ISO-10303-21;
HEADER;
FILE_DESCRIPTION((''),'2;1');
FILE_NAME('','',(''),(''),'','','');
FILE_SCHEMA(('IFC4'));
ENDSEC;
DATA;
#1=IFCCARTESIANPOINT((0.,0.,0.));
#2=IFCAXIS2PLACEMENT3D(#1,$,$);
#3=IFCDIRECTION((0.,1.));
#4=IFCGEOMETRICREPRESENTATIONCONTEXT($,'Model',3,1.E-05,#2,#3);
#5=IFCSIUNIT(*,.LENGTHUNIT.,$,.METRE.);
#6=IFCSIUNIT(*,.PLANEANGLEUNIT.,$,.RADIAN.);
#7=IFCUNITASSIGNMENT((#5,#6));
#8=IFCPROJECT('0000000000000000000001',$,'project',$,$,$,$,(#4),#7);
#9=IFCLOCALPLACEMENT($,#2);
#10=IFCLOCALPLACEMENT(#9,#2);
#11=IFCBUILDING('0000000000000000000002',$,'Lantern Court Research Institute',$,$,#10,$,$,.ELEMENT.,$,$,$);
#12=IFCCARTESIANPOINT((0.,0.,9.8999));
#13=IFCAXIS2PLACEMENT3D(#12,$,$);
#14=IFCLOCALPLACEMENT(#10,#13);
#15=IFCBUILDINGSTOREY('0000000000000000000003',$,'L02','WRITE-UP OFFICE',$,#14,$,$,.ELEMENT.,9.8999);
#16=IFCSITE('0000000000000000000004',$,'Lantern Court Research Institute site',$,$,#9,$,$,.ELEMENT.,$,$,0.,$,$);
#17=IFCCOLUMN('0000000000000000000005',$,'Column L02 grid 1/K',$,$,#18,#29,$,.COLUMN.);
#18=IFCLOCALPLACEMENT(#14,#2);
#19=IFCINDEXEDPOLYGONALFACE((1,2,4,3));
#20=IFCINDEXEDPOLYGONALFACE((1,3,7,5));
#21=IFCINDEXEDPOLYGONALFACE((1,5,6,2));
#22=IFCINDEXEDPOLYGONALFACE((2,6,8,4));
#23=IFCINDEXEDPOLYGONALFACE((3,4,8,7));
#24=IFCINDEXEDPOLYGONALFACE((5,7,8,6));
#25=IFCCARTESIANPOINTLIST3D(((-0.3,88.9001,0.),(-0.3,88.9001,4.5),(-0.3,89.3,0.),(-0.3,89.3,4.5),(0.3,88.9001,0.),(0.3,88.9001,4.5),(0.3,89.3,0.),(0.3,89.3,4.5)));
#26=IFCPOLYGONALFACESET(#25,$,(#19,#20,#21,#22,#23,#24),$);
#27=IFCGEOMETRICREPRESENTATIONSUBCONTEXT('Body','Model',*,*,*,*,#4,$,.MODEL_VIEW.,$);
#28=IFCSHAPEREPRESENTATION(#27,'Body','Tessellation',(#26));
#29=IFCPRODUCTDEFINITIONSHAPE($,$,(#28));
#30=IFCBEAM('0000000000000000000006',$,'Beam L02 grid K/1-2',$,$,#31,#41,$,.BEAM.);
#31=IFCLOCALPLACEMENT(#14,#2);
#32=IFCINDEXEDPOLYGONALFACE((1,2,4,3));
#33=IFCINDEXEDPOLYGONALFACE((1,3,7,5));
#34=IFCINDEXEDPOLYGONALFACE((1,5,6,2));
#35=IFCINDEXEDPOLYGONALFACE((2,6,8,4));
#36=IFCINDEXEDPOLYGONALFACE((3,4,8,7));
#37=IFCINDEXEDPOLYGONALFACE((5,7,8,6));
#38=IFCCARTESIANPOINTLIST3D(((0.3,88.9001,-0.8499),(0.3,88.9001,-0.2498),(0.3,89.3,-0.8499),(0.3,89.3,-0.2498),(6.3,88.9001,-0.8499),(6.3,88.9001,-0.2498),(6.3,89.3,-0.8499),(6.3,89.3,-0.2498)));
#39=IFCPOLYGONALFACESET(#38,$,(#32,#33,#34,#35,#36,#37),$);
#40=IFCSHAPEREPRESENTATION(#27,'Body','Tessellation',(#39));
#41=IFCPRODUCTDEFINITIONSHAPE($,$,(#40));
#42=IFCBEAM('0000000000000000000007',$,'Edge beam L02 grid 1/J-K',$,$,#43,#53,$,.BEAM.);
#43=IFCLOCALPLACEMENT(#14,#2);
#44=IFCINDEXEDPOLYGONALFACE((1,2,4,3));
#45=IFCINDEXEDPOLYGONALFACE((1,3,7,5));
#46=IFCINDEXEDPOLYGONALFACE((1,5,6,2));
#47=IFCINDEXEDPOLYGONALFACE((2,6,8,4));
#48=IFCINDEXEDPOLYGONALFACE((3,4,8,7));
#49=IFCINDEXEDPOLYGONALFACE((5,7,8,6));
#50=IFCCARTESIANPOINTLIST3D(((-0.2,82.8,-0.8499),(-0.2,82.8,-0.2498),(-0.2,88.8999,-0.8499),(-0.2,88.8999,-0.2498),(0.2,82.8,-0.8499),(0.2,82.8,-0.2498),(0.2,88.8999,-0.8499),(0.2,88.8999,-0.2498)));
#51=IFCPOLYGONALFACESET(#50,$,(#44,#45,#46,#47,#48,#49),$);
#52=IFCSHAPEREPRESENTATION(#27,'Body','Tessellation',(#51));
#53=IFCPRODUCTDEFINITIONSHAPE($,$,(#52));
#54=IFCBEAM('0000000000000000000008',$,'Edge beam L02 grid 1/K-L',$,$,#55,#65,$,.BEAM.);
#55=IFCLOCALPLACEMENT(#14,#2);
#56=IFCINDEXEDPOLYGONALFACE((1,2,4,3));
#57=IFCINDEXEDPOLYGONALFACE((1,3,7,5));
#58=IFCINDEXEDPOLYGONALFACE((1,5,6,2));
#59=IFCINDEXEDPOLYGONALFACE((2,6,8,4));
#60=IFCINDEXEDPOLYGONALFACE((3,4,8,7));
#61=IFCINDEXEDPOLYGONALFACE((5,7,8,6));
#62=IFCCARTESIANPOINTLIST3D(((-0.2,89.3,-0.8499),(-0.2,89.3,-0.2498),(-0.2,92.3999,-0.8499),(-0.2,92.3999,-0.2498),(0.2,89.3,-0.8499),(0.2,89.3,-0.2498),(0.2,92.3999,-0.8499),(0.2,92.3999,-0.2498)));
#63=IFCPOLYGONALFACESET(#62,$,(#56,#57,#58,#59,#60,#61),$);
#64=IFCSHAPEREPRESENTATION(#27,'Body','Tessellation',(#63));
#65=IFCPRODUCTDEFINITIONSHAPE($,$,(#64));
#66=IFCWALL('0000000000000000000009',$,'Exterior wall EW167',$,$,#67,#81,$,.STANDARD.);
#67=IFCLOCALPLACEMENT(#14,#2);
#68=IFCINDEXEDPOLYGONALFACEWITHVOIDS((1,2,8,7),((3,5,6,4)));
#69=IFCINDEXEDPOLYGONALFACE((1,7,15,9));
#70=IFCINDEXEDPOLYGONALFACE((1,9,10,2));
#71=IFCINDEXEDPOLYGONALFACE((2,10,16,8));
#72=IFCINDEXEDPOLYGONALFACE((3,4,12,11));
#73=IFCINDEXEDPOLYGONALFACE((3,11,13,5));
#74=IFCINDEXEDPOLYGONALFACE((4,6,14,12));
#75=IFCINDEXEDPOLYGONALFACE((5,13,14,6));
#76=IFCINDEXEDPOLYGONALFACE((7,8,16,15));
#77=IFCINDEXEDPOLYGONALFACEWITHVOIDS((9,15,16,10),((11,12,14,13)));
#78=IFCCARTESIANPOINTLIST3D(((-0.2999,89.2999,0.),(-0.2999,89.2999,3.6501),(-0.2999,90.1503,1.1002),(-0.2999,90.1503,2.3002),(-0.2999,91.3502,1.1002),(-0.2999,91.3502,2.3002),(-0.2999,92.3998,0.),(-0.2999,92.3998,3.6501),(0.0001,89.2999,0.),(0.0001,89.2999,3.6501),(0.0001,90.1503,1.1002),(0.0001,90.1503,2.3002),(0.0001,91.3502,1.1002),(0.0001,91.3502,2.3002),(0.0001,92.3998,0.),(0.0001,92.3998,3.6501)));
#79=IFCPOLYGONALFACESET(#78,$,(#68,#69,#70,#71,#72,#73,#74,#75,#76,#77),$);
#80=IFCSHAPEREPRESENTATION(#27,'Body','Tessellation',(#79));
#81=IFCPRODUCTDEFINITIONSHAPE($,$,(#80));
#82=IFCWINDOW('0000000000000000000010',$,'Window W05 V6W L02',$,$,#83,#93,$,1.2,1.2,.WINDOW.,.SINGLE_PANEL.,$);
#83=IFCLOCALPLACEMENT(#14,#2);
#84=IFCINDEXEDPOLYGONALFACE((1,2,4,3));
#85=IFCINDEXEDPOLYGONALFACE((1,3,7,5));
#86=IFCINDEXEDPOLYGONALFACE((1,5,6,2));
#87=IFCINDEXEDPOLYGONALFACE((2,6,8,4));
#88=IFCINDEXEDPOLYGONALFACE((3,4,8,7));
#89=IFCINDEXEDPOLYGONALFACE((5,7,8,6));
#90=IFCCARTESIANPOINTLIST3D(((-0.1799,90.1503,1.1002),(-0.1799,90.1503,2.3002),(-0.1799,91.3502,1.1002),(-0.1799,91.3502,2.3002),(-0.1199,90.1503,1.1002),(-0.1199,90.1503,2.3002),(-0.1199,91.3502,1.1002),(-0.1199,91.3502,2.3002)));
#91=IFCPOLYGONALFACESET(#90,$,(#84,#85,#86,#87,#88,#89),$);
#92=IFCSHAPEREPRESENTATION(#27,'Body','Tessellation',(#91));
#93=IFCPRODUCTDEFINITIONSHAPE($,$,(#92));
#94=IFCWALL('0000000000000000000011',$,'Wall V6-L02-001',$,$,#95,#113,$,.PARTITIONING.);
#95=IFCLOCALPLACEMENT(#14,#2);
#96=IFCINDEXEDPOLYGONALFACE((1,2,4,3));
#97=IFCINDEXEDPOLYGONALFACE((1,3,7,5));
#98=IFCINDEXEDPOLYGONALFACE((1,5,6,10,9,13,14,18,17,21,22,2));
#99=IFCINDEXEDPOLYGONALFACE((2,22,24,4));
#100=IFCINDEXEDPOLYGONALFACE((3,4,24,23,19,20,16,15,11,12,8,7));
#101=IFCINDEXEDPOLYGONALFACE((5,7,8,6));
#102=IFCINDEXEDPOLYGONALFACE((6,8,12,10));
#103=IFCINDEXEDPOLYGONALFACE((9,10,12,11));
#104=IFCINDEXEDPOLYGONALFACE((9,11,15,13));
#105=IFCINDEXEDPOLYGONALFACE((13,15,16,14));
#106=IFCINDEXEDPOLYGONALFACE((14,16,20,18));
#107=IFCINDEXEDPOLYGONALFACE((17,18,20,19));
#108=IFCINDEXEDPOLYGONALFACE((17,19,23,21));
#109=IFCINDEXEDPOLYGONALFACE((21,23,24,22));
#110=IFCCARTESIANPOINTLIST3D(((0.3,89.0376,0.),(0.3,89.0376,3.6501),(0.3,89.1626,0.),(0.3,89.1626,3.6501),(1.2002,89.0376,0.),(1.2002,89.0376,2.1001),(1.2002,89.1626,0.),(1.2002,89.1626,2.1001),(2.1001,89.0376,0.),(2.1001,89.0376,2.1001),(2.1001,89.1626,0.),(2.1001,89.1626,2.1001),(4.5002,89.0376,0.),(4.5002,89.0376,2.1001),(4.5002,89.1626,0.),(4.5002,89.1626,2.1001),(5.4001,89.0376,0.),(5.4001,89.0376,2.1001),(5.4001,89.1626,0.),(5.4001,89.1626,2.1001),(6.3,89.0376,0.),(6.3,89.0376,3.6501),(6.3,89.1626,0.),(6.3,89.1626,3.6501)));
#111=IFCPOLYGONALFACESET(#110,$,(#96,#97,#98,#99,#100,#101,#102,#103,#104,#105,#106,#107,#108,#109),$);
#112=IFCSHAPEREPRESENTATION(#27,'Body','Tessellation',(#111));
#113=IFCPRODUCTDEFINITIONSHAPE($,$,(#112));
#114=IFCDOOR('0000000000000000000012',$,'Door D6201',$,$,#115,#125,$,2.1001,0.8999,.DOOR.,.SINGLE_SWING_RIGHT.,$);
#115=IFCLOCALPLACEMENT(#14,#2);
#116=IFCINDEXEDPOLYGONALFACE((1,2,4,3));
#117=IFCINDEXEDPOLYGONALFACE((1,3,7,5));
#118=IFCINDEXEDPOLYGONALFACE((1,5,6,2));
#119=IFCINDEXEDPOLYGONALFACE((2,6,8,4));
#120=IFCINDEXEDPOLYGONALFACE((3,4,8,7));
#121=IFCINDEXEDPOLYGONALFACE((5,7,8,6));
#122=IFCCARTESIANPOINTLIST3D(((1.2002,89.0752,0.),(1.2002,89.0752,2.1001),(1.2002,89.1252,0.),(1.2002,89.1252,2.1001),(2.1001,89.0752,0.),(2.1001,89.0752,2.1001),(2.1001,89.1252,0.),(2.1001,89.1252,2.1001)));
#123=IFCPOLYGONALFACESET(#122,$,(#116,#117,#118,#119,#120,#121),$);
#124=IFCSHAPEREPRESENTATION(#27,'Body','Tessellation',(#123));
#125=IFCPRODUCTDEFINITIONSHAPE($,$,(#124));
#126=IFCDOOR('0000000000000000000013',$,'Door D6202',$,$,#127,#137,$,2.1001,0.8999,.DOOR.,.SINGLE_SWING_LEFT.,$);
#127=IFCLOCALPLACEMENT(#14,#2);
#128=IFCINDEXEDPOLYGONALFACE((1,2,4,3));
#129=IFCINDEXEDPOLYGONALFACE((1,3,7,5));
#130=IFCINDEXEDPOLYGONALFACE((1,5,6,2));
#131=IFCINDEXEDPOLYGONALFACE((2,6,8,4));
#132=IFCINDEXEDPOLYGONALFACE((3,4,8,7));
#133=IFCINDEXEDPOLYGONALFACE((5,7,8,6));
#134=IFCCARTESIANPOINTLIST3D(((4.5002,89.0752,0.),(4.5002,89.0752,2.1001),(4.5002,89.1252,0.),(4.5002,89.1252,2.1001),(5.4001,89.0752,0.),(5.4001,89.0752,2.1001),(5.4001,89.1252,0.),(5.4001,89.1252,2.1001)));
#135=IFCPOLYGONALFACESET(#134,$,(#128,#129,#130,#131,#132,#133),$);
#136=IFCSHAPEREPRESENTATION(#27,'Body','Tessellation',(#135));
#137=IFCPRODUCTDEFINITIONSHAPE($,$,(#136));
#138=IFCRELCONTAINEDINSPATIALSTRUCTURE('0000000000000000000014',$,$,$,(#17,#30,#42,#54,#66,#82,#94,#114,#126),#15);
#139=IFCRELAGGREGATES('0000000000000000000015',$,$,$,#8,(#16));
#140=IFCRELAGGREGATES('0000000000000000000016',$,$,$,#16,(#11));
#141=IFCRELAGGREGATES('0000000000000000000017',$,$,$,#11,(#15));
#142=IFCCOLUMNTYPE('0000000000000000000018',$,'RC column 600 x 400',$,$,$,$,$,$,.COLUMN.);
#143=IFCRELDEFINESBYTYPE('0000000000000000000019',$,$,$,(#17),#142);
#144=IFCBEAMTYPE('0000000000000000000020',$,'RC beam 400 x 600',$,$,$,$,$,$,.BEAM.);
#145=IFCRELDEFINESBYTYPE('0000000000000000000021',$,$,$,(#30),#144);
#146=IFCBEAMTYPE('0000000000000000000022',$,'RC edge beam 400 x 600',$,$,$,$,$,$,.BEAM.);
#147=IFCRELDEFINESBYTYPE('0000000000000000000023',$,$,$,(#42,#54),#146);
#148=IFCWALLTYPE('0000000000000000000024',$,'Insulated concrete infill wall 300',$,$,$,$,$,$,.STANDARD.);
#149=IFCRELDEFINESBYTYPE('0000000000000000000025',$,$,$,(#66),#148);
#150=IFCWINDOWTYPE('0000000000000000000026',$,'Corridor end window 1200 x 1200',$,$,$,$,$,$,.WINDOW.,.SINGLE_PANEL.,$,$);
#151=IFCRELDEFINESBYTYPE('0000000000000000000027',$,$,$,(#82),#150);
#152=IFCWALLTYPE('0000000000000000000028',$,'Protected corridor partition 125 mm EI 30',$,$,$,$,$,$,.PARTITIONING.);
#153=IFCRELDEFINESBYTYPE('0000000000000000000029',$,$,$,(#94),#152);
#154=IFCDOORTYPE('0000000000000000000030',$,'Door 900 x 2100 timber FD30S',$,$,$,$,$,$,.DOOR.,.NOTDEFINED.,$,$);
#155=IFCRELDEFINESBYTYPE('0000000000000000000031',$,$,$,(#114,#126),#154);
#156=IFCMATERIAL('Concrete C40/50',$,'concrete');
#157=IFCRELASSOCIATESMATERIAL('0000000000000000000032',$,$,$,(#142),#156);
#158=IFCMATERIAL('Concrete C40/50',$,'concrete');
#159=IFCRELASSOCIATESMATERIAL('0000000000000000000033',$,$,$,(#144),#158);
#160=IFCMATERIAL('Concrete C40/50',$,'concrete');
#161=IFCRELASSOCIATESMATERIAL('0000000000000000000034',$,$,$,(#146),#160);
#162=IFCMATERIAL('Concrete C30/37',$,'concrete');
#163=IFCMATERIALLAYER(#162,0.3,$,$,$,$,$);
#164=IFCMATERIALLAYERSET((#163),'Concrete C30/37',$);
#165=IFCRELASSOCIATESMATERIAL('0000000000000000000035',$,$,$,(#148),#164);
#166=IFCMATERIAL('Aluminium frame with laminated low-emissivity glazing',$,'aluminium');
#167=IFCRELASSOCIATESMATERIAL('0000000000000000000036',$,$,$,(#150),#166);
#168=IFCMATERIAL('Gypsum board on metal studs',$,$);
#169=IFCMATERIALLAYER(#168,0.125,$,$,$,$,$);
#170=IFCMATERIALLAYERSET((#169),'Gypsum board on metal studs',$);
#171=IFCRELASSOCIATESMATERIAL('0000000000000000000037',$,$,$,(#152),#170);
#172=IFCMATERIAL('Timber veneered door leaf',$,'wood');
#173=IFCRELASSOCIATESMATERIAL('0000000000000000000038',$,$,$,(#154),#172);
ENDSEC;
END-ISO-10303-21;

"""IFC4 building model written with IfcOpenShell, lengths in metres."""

from ifc_helpers import new_model, si_unit, direction, frame, frame_2d, origin, origin_2d, place, context, subcontext, project, spatial, rectangle, extrude, material, layer, layer_set, material_profile, profile_set, type_object, element, fill, save


model = new_model("IFC4")

# Units and contexts
model_context = context("Model", 3, precision=1e-05, world=origin(), true_north=direction((0.0, 1.0)))
body_context = subcontext(model_context, "Body", "Model", "MODEL_VIEW")
ifc_project = project(units=[si_unit("LENGTHUNIT", "METRE"), si_unit("PLANEANGLEUNIT", "RADIAN")], contexts=[model_context])

# Site, building, storey
site_placement = place(None, origin())
site = spatial("IfcSite", under=ifc_project, at=site_placement, Name="Lantern Court Research Institute site", CompositionType="ELEMENT", RefElevation=0.0)
building_placement = place(site_placement, origin())
building = spatial("IfcBuilding", under=site, at=building_placement, Name="Lantern Court Research Institute", CompositionType="ELEMENT")
storey_placement = place(building_placement, frame((0.0, 0.0, 9.8999)))
storey = spatial("IfcBuildingStorey", under=building, at=storey_placement, Name="L02", Description="WRITE-UP OFFICE", CompositionType="ELEMENT", Elevation=9.8999)

# Column
ifc_material_1 = material(Name="Concrete C40/50", Category="concrete")
ifc_material_profile_1 = material_profile(ifc_material_1, rectangle(XDim=0.6001, YDim=0.3999, at=origin_2d()), Name="RC column 600 x 400")
ifc_profile_set_1 = profile_set([ifc_material_profile_1], Name="Concrete C40/50")
column_type = type_object("IfcColumnType", Name="RC column 600 x 400", PredefinedType="COLUMN", material=ifc_profile_set_1)
column_placement = place(storey_placement, frame((0.0, 89.1001, 0.0), z_axis=(0.0, 0.0, 1.0), x_axis=(1.0, 0.0, 0.0)))
element("IfcColumn", 1, at=column_placement, inside=storey, type_object=column_type, Name="Column L02 grid 1/K", PredefinedType="COLUMN", context=body_context, shape_type="SweptSolid", body=[
    extrude(rectangle(XDim=0.6001, YDim=0.3999, at=origin_2d()), origin(), (0.0, 0.0, 1.0), 4.5),
])

# Beams
ifc_material_2 = material(Name="Concrete C40/50", Category="concrete")
ifc_material_profile_2 = material_profile(ifc_material_2, rectangle(XDim=0.3999, YDim=0.6001, at=origin_2d()), Name="RC beam 400 x 600")
ifc_profile_set_2 = profile_set([ifc_material_profile_2], Name="Concrete C40/50")
beam_type_1 = type_object("IfcBeamType", Name="RC beam 400 x 600", PredefinedType="BEAM", material=ifc_profile_set_2)
beam_1_placement = place(storey_placement, frame((0.3, 89.1001, -0.5498), z_axis=(1.0, 0.0, 0.0), x_axis=(0.0, 1.0, 0.0)))
element("IfcBeam", 2, at=beam_1_placement, inside=storey, type_object=beam_type_1, Name="Beam L02 grid K/1-2", PredefinedType="BEAM", context=body_context, shape_type="SweptSolid", body=[
    extrude(rectangle(XDim=0.3999, YDim=0.6001, at=origin_2d()), origin(), (0.0, 0.0, 1.0), 6.0),
])
ifc_material_3 = material(Name="Concrete C40/50", Category="concrete")
ifc_material_profile_3 = material_profile(ifc_material_3, rectangle(XDim=0.3999, YDim=0.6001, at=origin_2d()), Name="RC beam 400 x 600")
ifc_profile_set_3 = profile_set([ifc_material_profile_3], Name="Concrete C40/50")
beam_type_2 = type_object("IfcBeamType", Name="RC edge beam 400 x 600", PredefinedType="BEAM", material=ifc_profile_set_3)
beam_2_placement = place(storey_placement, frame((0.0, 82.8, -0.5498), z_axis=(0.0, 1.0, 0.0), x_axis=(-1.0, 0.0, 0.0)))
element("IfcBeam", 3, at=beam_2_placement, inside=storey, type_object=beam_type_2, Name="Edge beam L02 grid 1/J-K", PredefinedType="BEAM", context=body_context, shape_type="SweptSolid", body=[
    extrude(rectangle(XDim=0.3999, YDim=0.6001, at=origin_2d()), origin(), (0.0, 0.0, 1.0), 6.0999),
])
beam_3_placement = place(storey_placement, frame((0.0, 89.3, -0.5498), z_axis=(0.0, 1.0, 0.0), x_axis=(-1.0, 0.0, 0.0)))
element("IfcBeam", 4, at=beam_3_placement, inside=storey, type_object=beam_type_2, Name="Edge beam L02 grid 1/K-L", PredefinedType="BEAM", context=body_context, shape_type="SweptSolid", body=[
    extrude(rectangle(XDim=0.3999, YDim=0.6001, at=origin_2d()), origin(), (0.0, 0.0, 1.0), 3.0999),
])

# Wall, opening, window
ifc_material_4 = material(Name="Concrete C30/37", Category="concrete")
ifc_layer_1 = layer(ifc_material_4, 0.3)
ifc_layer_set_1 = layer_set([ifc_layer_1], Name="Concrete C30/37")
wall_type_1 = type_object("IfcWallType", Name="Insulated concrete infill wall 300", PredefinedType="STANDARD", material=ifc_layer_set_1)
wall_1_placement = place(storey_placement, frame((-0.1499, 89.3, 0.0), z_axis=(0.0, 0.0, 1.0), x_axis=(0.0, 1.0, 0.0)))
wall_1 = element("IfcWall", 5, at=wall_1_placement, inside=storey, type_object=wall_type_1, Name="Exterior wall EW167", PredefinedType="STANDARD", context=body_context, shape_type="SweptSolid", body=[
    extrude(rectangle(XDim=3.0999, YDim=0.3, at=frame_2d((1.5498, 0.0))), origin(), (0.0, 0.0, 1.0), 3.6501),
])
opening_1_placement = place(wall_1_placement, frame((0.8501, 0.0, 1.1001)))
opening_1 = element("IfcOpeningElement", 6, at=opening_1_placement, cuts=wall_1, PredefinedType="OPENING", context=body_context, shape_type="SweptSolid", body=[
    extrude(rectangle(XDim=1.2, YDim=1.2, at=frame_2d((0.6001, 0.6001))), frame((0.0, 0.1599, 0.0), z_axis=(0.0, -1.0, 0.0), x_axis=(1.0, 0.0, 0.0)), (0.0, 0.0, 1.0), 0.3201),
])
ifc_material_5 = material(Name="Aluminium frame with laminated low-emissivity glazing", Category="aluminium")
window_type = type_object("IfcWindowType", Name="Corridor end window 1200 x 1200", PartitioningType="SINGLE_PANEL", PredefinedType="WINDOW", material=ifc_material_5)
window_placement = place(opening_1_placement, origin())
window = element("IfcWindow", 7, at=window_placement, inside=storey, type_object=window_type, Name="Window W05 V6W L02", OverallHeight=1.2, OverallWidth=1.2, PartitioningType="SINGLE_PANEL", PredefinedType="WINDOW", context=body_context, shape_type="SweptSolid", body=[
    extrude(rectangle(XDim=1.2, YDim=1.2, at=frame_2d((0.6001, 0.6001))), frame((0.0, 0.03, 0.0), z_axis=(0.0, -1.0, 0.0), x_axis=(1.0, 0.0, 0.0)), (0.0, 0.0, 1.0), 0.0601),
])
fill(opening_1, window)

# Wall, openings, doors
ifc_material_6 = material(Name="Gypsum board on metal studs")
ifc_layer_2 = layer(ifc_material_6, 0.125)
ifc_layer_set_2 = layer_set([ifc_layer_2], Name="Gypsum board on metal studs")
wall_type_2 = type_object("IfcWallType", Name="Protected corridor partition 125 mm EI 30", PredefinedType="PARTITIONING", material=ifc_layer_set_2)
wall_2_placement = place(storey_placement, frame((6.3, 89.1001, 0.0), z_axis=(0.0, 0.0, 1.0), x_axis=(-1.0, 0.0, 0.0)))
wall_2 = element("IfcWall", 8, at=wall_2_placement, inside=storey, type_object=wall_type_2, Name="Wall V6-L02-001", PredefinedType="PARTITIONING", context=body_context, shape_type="SweptSolid", body=[
    extrude(rectangle(XDim=6.0, YDim=0.125, at=frame_2d((3.0, 0.0))), origin(), (0.0, 0.0, 1.0), 3.6501),
])
opening_2_placement = place(wall_2_placement, frame((4.2, 0.0, 0.0)))
opening_2 = element("IfcOpeningElement", 9, at=opening_2_placement, cuts=wall_2, PredefinedType="OPENING", context=body_context, shape_type="SweptSolid", body=[
    extrude(rectangle(XDim=0.8999, YDim=2.1001, at=frame_2d((0.45, 1.05))), frame((0.0, 0.0725, 0.0), z_axis=(0.0, -1.0, 0.0), x_axis=(1.0, 0.0, 0.0)), (0.0, 0.0, 1.0), 0.145),
])
opening_3_placement = place(wall_2_placement, frame((0.8999, 0.0, 0.0)))
opening_3 = element("IfcOpeningElement", 10, at=opening_3_placement, cuts=wall_2, PredefinedType="OPENING", context=body_context, shape_type="SweptSolid", body=[
    extrude(rectangle(XDim=0.8999, YDim=2.1001, at=frame_2d((0.45, 1.05))), frame((0.0, 0.0725, 0.0), z_axis=(0.0, -1.0, 0.0), x_axis=(1.0, 0.0, 0.0)), (0.0, 0.0, 1.0), 0.145),
])
ifc_material_7 = material(Name="Timber veneered door leaf", Category="wood")
door_type_1 = type_object("IfcDoorType", Name="Door 900 x 2100 timber FD30S", OperationType="NOTDEFINED", PredefinedType="DOOR", material=ifc_material_7)
door_1_placement = place(opening_2_placement, origin())
door_1 = element("IfcDoor", 11, at=door_1_placement, inside=storey, type_object=door_type_1, Name="Door D6201", OperationType="SINGLE_SWING_RIGHT", OverallHeight=2.1001, OverallWidth=0.8999, PredefinedType="DOOR", context=body_context, shape_type="SweptSolid", body=[
    extrude(rectangle(XDim=0.8999, YDim=2.1001, at=frame_2d((0.45, 1.05))), frame((0.0, 0.0249, 0.0), z_axis=(0.0, -1.0, 0.0), x_axis=(1.0, 0.0, 0.0)), (0.0, 0.0, 1.0), 0.05),
])
fill(opening_2, door_1)
door_2_placement = place(opening_3_placement, origin())
door_2 = element("IfcDoor", 12, at=door_2_placement, inside=storey, type_object=door_type_1, Name="Door D6202", OperationType="SINGLE_SWING_LEFT", OverallHeight=2.1001, OverallWidth=0.8999, PredefinedType="DOOR", context=body_context, shape_type="SweptSolid", body=[
    extrude(rectangle(XDim=0.8999, YDim=2.1001, at=frame_2d((0.45, 1.05))), frame((0.0, 0.0249, 0.0), z_axis=(0.0, -1.0, 0.0), x_axis=(1.0, 0.0, 0.0)), (0.0, 0.0, 1.0), 0.05),
])
fill(opening_3, door_2)

save(model, "model.ifc")
